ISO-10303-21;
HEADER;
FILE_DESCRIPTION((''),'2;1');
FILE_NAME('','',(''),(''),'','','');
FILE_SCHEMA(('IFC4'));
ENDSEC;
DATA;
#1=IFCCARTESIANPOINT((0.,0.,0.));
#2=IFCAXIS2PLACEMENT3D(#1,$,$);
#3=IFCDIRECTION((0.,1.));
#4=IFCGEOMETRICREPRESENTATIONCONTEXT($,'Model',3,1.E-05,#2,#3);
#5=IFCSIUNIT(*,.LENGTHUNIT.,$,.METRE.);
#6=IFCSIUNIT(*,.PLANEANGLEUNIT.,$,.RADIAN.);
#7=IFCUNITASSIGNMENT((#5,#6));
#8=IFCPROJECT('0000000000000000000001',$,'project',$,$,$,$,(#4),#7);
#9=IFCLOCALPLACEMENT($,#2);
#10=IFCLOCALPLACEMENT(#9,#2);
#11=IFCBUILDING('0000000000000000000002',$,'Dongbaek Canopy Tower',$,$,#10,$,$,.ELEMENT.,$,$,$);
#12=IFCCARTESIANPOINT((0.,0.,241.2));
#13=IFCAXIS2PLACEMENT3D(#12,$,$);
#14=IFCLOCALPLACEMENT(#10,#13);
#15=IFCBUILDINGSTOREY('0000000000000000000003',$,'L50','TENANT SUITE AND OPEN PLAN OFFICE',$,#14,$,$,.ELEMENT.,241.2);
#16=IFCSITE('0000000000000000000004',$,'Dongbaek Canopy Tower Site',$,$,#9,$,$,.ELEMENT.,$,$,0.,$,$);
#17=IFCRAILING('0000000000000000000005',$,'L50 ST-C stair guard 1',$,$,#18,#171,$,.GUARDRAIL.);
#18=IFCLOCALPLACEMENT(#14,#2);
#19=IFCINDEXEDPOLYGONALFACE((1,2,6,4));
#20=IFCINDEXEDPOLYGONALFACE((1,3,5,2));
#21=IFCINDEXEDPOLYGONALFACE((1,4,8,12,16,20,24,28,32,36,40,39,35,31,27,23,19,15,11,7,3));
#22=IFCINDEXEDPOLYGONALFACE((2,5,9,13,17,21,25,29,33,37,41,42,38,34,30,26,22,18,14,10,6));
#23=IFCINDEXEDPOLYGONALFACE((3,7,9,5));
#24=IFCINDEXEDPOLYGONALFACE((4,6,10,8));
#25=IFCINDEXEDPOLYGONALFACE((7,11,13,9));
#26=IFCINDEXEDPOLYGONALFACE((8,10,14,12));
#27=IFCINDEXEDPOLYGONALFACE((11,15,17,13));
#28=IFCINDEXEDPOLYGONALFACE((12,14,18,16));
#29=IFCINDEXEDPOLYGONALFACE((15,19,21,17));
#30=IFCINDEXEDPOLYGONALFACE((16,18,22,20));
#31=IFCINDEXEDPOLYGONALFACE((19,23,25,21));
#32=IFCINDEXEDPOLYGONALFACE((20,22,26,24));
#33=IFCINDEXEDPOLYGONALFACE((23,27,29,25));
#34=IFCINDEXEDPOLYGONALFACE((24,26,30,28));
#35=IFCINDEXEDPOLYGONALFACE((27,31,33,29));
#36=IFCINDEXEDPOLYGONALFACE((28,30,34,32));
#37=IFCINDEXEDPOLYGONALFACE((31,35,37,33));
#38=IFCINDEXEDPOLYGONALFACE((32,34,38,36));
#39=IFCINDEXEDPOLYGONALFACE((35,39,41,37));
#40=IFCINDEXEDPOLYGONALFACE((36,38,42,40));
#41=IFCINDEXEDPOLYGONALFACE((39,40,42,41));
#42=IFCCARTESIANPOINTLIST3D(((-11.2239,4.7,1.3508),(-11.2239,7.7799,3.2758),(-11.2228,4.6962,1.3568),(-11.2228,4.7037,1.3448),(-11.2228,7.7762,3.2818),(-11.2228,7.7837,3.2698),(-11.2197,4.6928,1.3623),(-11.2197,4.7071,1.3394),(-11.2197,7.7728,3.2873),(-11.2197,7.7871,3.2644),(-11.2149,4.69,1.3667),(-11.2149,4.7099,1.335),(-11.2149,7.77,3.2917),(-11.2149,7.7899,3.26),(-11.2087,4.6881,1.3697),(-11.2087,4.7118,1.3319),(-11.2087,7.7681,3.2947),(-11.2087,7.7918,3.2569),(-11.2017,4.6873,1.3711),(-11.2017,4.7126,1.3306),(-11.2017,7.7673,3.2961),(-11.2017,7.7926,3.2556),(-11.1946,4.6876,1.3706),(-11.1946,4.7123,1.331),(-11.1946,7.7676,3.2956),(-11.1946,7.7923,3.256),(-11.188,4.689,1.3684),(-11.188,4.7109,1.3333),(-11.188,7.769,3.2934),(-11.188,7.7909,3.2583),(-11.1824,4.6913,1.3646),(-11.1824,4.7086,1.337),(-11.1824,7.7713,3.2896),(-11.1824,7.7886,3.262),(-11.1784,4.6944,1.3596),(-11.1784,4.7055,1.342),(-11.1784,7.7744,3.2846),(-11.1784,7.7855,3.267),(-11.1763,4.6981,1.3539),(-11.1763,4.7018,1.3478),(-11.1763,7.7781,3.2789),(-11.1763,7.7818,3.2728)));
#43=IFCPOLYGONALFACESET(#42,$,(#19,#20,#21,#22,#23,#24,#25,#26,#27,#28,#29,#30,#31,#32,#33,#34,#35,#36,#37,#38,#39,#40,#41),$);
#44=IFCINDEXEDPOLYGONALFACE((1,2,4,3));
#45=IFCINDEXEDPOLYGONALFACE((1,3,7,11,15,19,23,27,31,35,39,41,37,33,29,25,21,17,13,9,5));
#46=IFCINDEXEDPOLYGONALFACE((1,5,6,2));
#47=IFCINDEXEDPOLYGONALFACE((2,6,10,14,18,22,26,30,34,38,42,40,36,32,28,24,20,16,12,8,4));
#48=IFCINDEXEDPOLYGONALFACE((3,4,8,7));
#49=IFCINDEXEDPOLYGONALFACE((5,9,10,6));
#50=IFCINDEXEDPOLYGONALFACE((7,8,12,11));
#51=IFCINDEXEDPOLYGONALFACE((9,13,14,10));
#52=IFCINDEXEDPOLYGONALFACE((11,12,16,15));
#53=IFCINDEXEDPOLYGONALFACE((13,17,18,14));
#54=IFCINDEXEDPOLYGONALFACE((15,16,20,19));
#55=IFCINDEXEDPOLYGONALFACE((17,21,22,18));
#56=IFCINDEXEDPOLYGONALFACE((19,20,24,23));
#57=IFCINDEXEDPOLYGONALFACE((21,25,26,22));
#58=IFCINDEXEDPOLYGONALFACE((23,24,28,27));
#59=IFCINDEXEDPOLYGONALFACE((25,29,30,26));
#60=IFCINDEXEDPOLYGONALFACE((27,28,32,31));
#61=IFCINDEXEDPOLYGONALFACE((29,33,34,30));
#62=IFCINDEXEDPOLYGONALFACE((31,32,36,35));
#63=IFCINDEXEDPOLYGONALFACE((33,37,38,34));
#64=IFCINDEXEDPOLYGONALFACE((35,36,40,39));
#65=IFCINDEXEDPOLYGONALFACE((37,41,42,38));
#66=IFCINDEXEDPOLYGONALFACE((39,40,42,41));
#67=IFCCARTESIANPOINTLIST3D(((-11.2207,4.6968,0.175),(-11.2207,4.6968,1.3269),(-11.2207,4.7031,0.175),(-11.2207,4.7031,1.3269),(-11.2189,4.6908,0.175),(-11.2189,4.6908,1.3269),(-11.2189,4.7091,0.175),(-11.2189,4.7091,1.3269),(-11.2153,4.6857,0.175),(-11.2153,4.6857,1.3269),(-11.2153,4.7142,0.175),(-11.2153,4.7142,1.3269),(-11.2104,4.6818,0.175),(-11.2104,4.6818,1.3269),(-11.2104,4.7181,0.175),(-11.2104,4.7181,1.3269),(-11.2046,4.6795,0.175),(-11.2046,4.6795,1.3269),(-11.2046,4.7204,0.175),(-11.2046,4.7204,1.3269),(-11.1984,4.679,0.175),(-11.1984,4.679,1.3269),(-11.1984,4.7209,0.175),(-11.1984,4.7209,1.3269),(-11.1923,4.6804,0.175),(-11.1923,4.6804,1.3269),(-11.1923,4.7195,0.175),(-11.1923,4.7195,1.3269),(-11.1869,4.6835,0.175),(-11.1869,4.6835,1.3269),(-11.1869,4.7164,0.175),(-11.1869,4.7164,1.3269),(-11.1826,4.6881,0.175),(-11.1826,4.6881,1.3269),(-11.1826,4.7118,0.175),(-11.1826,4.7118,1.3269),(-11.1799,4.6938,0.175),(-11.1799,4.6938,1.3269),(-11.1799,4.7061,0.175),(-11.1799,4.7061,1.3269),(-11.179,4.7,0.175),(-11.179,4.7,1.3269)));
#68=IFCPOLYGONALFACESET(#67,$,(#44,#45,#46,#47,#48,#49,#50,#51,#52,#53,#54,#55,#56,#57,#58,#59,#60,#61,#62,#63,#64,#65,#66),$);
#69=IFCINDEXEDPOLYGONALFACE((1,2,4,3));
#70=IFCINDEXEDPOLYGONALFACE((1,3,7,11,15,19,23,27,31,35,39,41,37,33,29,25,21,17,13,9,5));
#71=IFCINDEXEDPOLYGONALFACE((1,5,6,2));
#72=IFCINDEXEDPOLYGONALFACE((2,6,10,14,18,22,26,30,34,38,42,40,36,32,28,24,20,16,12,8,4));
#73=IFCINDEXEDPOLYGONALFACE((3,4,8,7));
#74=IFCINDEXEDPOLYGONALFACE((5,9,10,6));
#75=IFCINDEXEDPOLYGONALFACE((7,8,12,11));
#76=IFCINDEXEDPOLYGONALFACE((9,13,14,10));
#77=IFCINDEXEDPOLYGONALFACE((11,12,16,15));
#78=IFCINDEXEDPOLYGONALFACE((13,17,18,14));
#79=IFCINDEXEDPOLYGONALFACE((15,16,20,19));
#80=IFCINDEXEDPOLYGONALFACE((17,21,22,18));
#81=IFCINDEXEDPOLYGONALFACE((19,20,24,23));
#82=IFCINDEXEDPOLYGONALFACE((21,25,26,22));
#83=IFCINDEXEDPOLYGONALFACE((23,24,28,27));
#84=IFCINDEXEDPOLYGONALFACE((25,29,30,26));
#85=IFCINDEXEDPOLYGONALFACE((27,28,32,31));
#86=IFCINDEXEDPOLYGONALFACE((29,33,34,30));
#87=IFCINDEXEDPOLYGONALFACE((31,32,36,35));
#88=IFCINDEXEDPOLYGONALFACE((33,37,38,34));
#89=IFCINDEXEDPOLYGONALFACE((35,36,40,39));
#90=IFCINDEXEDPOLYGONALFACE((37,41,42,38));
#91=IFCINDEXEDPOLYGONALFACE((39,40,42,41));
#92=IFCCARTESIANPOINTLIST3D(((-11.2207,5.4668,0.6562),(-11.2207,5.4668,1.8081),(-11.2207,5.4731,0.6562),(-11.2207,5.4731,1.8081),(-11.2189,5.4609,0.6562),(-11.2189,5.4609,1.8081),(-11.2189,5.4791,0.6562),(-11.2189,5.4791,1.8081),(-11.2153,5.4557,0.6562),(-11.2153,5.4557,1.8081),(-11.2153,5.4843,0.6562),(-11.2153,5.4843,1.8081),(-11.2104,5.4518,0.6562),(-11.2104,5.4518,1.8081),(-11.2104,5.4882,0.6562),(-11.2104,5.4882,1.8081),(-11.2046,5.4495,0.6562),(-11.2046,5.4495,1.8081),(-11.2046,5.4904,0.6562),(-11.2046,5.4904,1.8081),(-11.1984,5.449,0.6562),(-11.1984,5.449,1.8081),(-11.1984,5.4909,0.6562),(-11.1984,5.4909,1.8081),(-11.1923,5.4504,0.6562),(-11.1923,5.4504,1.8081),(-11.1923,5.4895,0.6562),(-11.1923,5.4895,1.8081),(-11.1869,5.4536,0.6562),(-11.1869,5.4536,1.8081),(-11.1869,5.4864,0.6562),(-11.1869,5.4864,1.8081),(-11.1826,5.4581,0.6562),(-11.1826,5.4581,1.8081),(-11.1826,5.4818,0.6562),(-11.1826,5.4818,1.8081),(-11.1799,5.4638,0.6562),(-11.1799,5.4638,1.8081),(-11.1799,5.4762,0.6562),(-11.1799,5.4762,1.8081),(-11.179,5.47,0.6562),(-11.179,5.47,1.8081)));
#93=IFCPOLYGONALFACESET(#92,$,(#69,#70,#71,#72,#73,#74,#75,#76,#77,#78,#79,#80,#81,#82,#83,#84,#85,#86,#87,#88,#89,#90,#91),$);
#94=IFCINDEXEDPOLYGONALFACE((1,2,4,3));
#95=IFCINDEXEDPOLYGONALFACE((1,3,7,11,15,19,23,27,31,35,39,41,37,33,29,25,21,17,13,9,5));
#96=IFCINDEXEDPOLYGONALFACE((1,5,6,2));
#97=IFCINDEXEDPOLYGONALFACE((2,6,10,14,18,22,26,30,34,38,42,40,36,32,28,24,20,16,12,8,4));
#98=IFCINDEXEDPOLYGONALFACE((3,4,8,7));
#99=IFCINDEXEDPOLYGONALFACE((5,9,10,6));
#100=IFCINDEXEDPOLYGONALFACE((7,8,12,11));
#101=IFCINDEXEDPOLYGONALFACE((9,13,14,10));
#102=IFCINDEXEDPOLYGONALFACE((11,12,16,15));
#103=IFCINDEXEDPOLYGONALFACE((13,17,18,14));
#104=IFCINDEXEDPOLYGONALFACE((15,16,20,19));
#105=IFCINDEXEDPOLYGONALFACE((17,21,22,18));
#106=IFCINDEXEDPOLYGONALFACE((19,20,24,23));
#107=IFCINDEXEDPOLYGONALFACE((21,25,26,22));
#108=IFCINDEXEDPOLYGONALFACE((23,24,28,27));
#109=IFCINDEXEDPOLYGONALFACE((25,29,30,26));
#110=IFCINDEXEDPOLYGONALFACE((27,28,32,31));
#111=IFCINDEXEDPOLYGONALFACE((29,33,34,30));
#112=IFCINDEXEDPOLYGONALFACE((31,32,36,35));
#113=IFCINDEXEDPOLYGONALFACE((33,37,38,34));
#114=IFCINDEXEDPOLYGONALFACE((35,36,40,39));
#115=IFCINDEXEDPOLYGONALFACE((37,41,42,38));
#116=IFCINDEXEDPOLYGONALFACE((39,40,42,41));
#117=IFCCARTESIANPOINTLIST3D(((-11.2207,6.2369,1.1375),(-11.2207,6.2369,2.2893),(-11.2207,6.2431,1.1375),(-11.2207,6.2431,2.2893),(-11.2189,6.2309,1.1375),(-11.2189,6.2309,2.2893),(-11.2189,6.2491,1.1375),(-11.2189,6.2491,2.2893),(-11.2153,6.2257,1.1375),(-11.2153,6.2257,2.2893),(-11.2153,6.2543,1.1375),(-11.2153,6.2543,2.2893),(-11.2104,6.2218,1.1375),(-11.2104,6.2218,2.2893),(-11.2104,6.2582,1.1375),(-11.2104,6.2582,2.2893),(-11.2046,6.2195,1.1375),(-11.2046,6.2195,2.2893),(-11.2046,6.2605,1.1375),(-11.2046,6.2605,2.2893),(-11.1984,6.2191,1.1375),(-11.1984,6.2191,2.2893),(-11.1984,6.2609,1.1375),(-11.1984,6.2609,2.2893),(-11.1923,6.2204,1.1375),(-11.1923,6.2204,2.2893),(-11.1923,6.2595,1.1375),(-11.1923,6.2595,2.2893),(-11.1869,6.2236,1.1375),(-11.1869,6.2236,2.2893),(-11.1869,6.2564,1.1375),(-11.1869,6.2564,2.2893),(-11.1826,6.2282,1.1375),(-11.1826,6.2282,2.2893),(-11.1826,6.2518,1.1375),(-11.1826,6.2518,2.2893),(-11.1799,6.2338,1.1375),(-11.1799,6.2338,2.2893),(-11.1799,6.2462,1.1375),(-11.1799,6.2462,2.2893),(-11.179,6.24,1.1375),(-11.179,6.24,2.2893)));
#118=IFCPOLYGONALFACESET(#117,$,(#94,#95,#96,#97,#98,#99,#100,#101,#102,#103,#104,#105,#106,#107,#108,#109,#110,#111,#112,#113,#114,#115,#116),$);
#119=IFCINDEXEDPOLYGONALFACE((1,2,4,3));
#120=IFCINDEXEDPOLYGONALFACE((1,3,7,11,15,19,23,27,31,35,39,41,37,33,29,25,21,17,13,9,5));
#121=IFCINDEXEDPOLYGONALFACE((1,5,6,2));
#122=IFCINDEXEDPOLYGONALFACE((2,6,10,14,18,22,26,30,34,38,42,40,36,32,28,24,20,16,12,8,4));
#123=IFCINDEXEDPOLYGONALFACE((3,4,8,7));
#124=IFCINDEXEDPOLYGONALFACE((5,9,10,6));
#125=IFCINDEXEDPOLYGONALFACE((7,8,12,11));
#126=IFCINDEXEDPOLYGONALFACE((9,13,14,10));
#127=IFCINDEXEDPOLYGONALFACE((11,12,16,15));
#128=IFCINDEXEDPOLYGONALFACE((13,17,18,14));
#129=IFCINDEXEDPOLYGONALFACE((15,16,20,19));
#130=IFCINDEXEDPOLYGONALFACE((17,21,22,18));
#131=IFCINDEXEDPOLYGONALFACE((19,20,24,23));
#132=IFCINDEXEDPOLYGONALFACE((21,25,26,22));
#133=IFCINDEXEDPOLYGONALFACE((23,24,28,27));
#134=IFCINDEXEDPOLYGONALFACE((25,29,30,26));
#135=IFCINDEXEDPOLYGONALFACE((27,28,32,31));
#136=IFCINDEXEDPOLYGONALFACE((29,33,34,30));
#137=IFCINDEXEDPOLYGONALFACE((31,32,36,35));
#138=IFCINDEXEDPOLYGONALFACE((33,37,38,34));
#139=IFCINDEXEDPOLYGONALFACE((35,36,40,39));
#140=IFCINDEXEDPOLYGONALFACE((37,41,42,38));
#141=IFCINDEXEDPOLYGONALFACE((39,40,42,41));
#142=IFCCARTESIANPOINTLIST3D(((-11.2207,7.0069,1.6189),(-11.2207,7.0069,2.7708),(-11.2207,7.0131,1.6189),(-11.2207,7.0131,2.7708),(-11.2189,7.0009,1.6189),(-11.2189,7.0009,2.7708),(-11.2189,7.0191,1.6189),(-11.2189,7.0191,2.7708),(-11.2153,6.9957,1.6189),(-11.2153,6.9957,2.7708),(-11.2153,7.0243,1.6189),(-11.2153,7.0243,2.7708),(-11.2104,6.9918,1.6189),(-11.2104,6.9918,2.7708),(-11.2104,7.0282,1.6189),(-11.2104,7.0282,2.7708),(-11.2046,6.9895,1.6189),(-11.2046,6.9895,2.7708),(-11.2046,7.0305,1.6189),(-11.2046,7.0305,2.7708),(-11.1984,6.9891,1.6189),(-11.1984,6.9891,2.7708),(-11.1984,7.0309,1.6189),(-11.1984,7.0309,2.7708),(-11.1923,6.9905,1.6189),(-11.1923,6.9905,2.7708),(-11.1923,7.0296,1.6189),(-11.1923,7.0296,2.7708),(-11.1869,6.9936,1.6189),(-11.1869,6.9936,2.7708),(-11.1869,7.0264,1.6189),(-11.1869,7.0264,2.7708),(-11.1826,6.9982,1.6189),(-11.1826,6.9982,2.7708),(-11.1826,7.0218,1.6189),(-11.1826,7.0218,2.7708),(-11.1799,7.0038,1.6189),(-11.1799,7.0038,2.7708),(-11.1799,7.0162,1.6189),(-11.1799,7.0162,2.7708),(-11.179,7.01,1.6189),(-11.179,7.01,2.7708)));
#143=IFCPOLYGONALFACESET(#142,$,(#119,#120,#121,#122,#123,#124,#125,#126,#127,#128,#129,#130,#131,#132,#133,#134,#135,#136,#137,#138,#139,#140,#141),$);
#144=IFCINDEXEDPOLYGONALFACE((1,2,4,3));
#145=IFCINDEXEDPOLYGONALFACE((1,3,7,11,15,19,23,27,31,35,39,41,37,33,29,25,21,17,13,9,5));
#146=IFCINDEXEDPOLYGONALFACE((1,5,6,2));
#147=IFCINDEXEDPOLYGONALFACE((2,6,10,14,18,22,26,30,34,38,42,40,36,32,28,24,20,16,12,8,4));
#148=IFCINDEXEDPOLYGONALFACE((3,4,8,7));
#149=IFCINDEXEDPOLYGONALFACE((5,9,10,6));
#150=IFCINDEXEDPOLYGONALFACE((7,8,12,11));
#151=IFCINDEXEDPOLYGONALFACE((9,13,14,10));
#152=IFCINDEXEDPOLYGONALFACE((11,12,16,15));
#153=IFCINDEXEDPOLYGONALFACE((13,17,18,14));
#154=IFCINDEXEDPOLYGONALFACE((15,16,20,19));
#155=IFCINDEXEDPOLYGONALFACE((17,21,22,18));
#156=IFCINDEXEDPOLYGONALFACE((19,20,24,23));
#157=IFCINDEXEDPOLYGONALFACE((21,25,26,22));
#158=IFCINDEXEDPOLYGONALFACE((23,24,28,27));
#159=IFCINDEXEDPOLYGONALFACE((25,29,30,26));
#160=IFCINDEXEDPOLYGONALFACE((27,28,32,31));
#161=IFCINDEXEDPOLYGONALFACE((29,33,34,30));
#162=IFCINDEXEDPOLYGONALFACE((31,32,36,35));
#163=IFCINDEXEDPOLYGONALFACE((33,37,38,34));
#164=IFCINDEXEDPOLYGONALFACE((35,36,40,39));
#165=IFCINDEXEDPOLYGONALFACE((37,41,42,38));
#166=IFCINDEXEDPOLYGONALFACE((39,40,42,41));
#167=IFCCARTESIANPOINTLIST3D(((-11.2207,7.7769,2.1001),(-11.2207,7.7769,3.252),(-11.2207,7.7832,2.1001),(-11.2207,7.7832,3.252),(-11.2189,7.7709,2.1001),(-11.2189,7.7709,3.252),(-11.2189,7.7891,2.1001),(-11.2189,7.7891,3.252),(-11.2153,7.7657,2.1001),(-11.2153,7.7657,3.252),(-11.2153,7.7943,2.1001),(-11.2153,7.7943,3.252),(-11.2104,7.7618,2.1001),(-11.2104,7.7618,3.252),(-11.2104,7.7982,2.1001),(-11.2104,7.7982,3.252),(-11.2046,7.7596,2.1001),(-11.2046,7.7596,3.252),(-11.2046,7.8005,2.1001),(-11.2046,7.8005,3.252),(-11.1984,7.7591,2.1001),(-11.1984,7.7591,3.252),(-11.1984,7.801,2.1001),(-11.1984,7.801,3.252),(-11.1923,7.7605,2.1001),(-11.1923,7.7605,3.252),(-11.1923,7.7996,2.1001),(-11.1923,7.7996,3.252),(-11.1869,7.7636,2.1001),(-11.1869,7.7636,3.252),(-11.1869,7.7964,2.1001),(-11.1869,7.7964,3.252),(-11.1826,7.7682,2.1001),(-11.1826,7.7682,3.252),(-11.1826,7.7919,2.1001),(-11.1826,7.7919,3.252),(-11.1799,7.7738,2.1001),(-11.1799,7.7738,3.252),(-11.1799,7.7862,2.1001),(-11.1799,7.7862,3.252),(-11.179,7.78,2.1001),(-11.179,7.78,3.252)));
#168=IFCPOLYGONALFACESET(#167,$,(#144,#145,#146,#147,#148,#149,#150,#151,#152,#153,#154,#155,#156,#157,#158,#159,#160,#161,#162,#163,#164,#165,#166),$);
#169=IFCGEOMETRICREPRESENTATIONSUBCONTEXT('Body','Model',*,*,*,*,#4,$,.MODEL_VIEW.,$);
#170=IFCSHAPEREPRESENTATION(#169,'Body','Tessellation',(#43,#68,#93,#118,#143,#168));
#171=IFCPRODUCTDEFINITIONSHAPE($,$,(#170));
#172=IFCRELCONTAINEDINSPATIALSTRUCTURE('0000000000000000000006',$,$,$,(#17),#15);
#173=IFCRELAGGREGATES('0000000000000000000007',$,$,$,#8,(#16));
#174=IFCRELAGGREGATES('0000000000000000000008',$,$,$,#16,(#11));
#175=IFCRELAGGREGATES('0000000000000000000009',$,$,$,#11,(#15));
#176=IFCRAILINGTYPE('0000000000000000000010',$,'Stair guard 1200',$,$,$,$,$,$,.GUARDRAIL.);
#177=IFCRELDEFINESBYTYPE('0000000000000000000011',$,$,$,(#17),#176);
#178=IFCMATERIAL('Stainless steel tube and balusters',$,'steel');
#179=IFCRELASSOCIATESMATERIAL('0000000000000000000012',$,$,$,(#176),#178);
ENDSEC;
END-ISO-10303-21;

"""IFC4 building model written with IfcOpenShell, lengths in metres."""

from ifc_helpers import new_model, si_unit, direction, frame, origin, origin_2d, place, context, subcontext, project, spatial, circle, extrude, material, type_object, element, save


model = new_model("IFC4")

# Units and contexts
model_context = context("Model", 3, precision=1e-05, world=origin(), true_north=direction((0.0, 1.0)))
body_context = subcontext(model_context, "Body", "Model", "MODEL_VIEW")
ifc_project = project(units=[si_unit("LENGTHUNIT", "METRE"), si_unit("PLANEANGLEUNIT", "RADIAN")], contexts=[model_context])

# Site, building, storey
site_placement = place(None, origin())
site = spatial("IfcSite", under=ifc_project, at=site_placement, Name="Dongbaek Canopy Tower Site", CompositionType="ELEMENT", RefElevation=0.0)
building_placement = place(site_placement, origin())
building = spatial("IfcBuilding", under=site, at=building_placement, Name="Dongbaek Canopy Tower", CompositionType="ELEMENT")
storey_placement = place(building_placement, frame((0.0, 0.0, 241.2)))
storey = spatial("IfcBuildingStorey", under=building, at=storey_placement, Name="L50", Description="TENANT SUITE AND OPEN PLAN OFFICE", CompositionType="ELEMENT", Elevation=241.2)

# Railing
ifc_material_1 = material(Name="Stainless steel tube and balusters", Category="steel")
railing_type_1 = type_object("IfcRailingType", Name="Stair guard 1200", PredefinedType="GUARDRAIL", material=ifc_material_1)
railing_1_placement = place(storey_placement, frame((-11.2, 4.7, 0.175)))
element("IfcRailing", 1, at=railing_1_placement, inside=storey, type_object=railing_type_1, Name="L50 ST-C stair guard 1", PredefinedType="GUARDRAIL", context=body_context, shape_type="SweptSolid", body=[
    extrude(circle(Radius=0.0239, at=origin_2d()), frame((0.0, 0.0, 1.1758), z_axis=(0.0, 0.847998, 0.529999), x_axis=(-1.0, 0.0, 0.0)), (0.0, 0.0, 1.0), 3.6321),
    extrude(circle(Radius=0.021, at=origin_2d()), origin(), (0.0, 0.0, 1.0), 1.1519),
    extrude(circle(Radius=0.021, at=origin_2d()), frame((0.0, 0.77, 0.4812)), (0.0, 0.0, 1.0), 1.1519),
    extrude(circle(Radius=0.021, at=origin_2d()), frame((0.0, 1.54, 0.9624)), (0.0, 0.0, 1.0), 1.1519),
    extrude(circle(Radius=0.021, at=origin_2d()), frame((0.0, 2.3101, 1.4438)), (0.0, 0.0, 1.0), 1.1519),
    extrude(circle(Radius=0.021, at=origin_2d()), frame((0.0, 3.0801, 1.925)), (0.0, 0.0, 1.0), 1.1519),
])

save(model, "model.ifc")
